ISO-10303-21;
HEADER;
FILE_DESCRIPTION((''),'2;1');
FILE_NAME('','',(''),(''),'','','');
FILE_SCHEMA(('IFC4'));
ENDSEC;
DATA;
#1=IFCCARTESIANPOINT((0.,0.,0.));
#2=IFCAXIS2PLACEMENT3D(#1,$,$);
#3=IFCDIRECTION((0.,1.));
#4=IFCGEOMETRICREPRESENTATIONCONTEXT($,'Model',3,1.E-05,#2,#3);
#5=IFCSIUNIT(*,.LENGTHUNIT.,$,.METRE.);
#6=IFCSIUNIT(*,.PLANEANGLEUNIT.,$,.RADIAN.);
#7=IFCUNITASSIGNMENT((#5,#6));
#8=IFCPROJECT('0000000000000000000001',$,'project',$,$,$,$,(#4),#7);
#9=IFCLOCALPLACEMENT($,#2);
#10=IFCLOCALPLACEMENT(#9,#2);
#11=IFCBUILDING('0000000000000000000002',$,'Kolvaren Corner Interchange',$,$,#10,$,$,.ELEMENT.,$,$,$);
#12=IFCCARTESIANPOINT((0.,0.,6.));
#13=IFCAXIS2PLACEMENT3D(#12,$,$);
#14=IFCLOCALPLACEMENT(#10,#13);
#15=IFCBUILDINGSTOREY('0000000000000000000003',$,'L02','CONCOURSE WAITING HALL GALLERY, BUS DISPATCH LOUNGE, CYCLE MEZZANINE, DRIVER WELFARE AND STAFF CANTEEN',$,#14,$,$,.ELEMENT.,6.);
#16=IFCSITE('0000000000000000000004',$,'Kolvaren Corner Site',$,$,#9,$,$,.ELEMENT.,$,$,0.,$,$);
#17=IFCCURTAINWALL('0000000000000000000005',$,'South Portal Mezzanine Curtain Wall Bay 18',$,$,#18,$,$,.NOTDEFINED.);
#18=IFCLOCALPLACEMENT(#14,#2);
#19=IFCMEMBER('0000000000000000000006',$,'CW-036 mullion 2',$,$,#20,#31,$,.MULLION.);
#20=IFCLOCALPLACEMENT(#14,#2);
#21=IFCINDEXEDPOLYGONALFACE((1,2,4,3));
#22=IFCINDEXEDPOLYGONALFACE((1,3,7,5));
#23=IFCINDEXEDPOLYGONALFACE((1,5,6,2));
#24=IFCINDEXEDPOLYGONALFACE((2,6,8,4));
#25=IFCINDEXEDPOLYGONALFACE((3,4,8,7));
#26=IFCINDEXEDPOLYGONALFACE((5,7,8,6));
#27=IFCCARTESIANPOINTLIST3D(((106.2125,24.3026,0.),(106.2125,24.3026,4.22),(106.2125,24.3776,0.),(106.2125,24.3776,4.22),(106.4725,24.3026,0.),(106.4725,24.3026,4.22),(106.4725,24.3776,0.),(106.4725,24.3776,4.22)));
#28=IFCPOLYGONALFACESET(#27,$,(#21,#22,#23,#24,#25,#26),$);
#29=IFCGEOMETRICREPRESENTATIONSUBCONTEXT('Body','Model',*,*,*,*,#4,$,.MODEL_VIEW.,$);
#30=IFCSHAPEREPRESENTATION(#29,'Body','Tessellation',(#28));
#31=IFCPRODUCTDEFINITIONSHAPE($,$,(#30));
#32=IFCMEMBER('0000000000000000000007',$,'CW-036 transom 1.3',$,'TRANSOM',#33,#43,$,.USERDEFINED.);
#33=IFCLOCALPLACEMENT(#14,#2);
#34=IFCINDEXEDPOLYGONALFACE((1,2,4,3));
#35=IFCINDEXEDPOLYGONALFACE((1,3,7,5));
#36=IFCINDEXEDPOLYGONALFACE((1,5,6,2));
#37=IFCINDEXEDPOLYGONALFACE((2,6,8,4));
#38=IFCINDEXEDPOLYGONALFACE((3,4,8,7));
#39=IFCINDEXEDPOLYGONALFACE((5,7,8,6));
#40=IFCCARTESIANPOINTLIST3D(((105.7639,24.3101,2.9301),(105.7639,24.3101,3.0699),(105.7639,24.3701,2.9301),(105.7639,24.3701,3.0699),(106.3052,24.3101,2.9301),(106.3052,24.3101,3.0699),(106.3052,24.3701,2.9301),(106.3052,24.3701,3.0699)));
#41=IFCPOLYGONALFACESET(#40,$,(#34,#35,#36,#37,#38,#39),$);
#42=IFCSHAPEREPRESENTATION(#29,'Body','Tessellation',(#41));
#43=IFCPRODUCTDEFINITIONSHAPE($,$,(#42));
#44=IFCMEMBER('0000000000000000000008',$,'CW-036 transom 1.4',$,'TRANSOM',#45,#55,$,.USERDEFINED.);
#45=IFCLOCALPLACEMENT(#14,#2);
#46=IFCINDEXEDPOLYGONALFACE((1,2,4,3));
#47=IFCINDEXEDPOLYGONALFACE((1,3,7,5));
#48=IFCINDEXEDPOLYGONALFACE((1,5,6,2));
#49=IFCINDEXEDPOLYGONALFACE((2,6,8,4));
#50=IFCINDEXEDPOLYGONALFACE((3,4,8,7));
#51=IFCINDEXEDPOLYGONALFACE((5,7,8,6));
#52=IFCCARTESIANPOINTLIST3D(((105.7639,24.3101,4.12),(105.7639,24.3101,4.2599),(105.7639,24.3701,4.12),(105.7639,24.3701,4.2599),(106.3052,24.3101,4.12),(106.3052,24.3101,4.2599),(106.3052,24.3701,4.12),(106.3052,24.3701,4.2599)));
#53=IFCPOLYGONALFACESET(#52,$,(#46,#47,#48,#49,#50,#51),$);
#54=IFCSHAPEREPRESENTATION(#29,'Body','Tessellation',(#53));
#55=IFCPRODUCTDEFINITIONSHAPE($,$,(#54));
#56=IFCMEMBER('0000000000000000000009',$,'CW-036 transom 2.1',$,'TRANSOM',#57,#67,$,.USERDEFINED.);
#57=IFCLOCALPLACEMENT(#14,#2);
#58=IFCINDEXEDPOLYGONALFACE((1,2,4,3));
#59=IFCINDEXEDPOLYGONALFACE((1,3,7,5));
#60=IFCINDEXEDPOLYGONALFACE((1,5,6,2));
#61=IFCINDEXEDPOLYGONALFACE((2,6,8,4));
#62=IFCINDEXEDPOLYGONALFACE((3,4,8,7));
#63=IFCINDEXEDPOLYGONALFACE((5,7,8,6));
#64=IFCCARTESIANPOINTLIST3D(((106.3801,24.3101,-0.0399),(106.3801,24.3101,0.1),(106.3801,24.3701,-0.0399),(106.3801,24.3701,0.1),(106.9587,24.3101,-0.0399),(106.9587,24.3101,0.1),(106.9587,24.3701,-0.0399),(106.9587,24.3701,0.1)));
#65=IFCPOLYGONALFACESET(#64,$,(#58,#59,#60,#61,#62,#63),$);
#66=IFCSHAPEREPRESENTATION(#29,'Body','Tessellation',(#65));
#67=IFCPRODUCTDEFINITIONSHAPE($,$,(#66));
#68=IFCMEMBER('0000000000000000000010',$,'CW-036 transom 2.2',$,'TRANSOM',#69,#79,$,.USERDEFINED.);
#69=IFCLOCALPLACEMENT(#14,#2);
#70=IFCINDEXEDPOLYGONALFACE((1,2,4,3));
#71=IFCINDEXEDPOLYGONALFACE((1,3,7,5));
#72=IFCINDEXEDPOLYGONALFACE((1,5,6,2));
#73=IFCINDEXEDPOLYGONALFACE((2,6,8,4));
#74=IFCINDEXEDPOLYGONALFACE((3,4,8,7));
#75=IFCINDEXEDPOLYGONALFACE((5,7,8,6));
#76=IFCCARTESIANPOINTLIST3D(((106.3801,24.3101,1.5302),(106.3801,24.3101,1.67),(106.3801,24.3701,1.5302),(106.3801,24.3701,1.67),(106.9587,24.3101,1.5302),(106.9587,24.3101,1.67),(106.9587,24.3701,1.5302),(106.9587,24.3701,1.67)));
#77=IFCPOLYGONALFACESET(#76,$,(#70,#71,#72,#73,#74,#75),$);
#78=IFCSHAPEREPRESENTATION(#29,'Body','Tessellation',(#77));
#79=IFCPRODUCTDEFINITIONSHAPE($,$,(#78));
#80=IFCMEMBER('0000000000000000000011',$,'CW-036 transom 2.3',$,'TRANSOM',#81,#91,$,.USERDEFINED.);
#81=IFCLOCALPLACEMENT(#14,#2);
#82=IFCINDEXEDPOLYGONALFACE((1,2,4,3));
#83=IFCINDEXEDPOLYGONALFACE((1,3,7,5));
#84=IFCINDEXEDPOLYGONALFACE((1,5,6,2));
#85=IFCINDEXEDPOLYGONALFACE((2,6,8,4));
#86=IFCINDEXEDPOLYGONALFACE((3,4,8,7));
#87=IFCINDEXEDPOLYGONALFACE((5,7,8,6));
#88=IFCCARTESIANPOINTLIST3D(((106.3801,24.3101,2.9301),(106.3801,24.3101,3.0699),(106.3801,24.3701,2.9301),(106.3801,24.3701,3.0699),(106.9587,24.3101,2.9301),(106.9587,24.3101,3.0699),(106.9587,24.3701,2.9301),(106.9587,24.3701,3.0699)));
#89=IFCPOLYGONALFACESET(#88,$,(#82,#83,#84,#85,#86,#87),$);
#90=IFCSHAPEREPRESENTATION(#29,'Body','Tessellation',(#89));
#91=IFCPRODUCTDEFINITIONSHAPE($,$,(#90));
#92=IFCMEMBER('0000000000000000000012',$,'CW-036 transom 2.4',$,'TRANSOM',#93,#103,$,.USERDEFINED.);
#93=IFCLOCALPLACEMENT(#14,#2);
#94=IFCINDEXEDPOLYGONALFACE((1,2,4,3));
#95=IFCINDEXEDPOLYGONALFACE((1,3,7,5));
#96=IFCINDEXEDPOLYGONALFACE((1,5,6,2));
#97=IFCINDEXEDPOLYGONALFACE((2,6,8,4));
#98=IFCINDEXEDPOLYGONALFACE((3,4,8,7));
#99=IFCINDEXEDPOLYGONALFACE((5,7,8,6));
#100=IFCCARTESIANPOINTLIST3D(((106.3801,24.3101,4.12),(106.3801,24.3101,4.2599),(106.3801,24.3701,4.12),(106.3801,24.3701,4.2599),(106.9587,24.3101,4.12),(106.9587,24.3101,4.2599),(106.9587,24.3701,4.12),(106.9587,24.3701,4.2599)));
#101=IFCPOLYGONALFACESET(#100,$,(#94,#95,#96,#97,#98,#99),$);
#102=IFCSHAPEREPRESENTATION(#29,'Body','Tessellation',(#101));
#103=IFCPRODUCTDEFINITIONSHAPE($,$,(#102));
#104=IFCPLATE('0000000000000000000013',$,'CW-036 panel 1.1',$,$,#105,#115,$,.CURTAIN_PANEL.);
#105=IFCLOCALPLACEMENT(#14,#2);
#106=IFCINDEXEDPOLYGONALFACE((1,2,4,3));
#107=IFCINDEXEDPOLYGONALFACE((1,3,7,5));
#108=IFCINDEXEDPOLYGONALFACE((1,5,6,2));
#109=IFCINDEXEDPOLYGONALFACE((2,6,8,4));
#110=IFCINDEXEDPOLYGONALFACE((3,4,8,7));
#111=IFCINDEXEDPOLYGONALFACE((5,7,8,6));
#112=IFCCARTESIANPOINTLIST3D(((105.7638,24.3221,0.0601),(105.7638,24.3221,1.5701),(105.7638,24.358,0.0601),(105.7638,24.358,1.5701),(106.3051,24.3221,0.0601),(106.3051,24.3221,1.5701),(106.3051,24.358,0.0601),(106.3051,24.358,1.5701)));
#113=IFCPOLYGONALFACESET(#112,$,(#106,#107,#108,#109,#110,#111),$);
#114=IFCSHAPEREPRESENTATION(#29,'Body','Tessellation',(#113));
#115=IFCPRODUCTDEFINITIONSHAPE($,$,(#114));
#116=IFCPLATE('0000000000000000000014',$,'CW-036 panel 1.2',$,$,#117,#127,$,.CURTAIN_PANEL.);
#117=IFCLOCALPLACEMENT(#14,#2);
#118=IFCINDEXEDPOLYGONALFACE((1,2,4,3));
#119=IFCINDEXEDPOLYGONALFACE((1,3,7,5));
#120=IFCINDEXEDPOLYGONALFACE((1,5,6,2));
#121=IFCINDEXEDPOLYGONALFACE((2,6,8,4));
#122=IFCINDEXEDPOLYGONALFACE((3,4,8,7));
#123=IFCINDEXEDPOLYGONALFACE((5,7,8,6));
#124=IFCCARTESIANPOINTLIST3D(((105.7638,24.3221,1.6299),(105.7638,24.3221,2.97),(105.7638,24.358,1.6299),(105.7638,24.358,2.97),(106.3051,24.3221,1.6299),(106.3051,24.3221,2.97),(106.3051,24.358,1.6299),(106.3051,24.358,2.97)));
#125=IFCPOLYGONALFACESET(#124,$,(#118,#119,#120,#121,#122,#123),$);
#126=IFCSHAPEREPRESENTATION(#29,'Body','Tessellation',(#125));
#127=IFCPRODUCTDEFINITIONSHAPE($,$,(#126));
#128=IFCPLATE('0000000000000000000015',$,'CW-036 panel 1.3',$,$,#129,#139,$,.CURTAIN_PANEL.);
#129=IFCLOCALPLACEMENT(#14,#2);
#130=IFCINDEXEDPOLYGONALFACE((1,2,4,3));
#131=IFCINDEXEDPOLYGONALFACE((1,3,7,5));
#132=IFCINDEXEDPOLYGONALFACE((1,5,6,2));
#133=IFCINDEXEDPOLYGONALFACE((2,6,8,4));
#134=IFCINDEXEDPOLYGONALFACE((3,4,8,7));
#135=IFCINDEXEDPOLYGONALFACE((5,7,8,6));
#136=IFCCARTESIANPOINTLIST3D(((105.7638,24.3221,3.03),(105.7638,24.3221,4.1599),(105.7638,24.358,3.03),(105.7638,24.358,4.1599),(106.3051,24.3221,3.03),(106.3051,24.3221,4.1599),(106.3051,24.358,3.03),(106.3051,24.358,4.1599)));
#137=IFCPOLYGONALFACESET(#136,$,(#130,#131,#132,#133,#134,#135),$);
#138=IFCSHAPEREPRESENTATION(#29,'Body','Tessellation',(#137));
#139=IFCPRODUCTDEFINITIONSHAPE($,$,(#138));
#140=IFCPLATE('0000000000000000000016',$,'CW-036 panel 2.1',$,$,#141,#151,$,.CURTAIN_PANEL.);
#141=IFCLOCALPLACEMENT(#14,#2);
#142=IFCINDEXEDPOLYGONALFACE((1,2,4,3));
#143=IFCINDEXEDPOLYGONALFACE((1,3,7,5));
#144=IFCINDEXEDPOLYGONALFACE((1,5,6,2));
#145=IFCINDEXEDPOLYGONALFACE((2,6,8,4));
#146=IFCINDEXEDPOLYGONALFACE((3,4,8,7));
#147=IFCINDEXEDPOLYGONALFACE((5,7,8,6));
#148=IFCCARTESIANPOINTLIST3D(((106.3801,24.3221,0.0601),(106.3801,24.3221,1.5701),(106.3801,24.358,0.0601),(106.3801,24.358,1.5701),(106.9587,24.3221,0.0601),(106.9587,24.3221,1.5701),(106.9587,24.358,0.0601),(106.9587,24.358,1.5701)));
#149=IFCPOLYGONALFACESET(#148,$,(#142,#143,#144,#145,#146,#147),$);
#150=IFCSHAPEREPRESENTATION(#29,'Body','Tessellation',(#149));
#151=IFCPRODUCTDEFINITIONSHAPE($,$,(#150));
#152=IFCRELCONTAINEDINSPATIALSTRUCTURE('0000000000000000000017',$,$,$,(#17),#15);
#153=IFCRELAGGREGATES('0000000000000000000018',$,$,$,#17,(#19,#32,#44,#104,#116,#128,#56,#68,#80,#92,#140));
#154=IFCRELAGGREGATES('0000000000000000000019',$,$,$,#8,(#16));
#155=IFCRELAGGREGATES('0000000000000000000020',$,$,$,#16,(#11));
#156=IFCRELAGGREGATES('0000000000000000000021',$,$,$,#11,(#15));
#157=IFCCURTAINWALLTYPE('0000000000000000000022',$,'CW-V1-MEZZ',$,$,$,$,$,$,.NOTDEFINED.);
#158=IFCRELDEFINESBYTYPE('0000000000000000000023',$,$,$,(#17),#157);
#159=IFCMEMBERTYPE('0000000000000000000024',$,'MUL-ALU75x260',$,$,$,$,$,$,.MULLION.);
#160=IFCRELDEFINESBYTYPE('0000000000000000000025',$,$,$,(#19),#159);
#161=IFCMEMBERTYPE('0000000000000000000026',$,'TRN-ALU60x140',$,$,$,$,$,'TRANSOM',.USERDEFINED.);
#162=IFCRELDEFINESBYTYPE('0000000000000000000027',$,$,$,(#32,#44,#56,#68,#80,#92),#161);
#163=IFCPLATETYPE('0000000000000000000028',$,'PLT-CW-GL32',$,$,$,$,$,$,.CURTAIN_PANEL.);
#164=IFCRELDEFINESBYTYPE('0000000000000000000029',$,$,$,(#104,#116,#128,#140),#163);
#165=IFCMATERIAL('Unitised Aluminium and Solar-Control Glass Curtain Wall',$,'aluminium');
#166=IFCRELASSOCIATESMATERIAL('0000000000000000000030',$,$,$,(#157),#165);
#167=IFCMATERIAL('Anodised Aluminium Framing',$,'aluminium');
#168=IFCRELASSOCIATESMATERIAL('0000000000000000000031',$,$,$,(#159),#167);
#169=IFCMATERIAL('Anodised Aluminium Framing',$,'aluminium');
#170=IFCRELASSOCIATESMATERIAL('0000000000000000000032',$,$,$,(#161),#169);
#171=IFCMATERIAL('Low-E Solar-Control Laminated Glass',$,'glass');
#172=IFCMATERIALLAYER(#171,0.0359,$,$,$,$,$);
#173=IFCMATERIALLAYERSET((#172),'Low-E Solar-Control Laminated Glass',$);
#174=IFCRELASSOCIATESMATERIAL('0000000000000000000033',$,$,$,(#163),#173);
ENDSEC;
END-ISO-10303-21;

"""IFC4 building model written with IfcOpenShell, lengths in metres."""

from ifc_helpers import new_model, si_unit, direction, frame, origin, origin_2d, place, context, subcontext, project, spatial, rectangle, extrude, material, layer, layer_set, material_profile, profile_set, type_object, element, aggregate, save


model = new_model("IFC4")

# Units and contexts
model_context = context("Model", 3, precision=1e-05, world=origin(), true_north=direction((0.0, 1.0)))
body_context = subcontext(model_context, "Body", "Model", "MODEL_VIEW")
ifc_project = project(units=[si_unit("LENGTHUNIT", "METRE"), si_unit("PLANEANGLEUNIT", "RADIAN")], contexts=[model_context])

# Site, building, storey
site_placement = place(None, origin())
site = spatial("IfcSite", under=ifc_project, at=site_placement, Name="Kolvaren Corner Site", CompositionType="ELEMENT", RefElevation=0.0)
building_placement = place(site_placement, origin())
building = spatial("IfcBuilding", under=site, at=building_placement, Name="Kolvaren Corner Interchange", CompositionType="ELEMENT")
storey_placement = place(building_placement, frame((0.0, 0.0, 6.0)))
storey = spatial("IfcBuildingStorey", under=building, at=storey_placement, Name="L02", Description="CONCOURSE WAITING HALL GALLERY, BUS DISPATCH LOUNGE, CYCLE MEZZANINE, DRIVER WELFARE AND STAFF CANTEEN", CompositionType="ELEMENT", Elevation=6.0)

# Curtain wall, members, plates
ifc_material_1 = material(Name="Unitised Aluminium and Solar-Control Glass Curtain Wall", Category="aluminium")
curtain_wall_type = type_object("IfcCurtainWallType", Name="CW-V1-MEZZ", PredefinedType="NOTDEFINED", material=ifc_material_1)
curtain_wall_placement = place(storey_placement, origin())
curtain_wall = element("IfcCurtainWall", 1, at=curtain_wall_placement, inside=storey, type_object=curtain_wall_type, Name="South Portal Mezzanine Curtain Wall Bay 18", PredefinedType="NOTDEFINED")
ifc_material_2 = material(Name="Anodised Aluminium Framing", Category="aluminium")
ifc_material_profile_1 = material_profile(ifc_material_2, rectangle(XDim=0.075, YDim=0.26, at=origin_2d()), Name="ALU 75x260")
ifc_profile_set_1 = profile_set([ifc_material_profile_1], Name="Anodised Aluminium Framing")
member_type_1 = type_object("IfcMemberType", Name="MUL-ALU75x260", PredefinedType="MULLION", material=ifc_profile_set_1)
member_1_placement = place(storey_placement, frame((106.3425, 24.3401, 0.0), z_axis=(0.0, 0.0, 1.0), x_axis=(0.0, 1.0, 0.0)))
member_1 = element("IfcMember", 2, at=member_1_placement, type_object=member_type_1, Name="CW-036 mullion 2", PredefinedType="MULLION", context=body_context, shape_type="SweptSolid", body=[
    extrude(rectangle(XDim=0.075, YDim=0.26, at=origin_2d()), origin(), (0.0, 0.0, 1.0), 4.22),
])
ifc_material_3 = material(Name="Anodised Aluminium Framing", Category="aluminium")
ifc_material_profile_2 = material_profile(ifc_material_3, rectangle(XDim=0.0601, YDim=0.1399, at=origin_2d()), Name="ALU 60x140")
ifc_profile_set_2 = profile_set([ifc_material_profile_2], Name="Anodised Aluminium Framing")
member_type_2 = type_object("IfcMemberType", Name="TRN-ALU60x140", ElementType="TRANSOM", PredefinedType="USERDEFINED", material=ifc_profile_set_2)
member_2_placement = place(storey_placement, frame((105.7639, 24.3401, 3.0), z_axis=(1.0, 0.0, 0.0), x_axis=(0.0, 1.0, 0.0)))
member_2 = element("IfcMember", 3, at=member_2_placement, type_object=member_type_2, Name="CW-036 transom 1.3", ObjectType="TRANSOM", PredefinedType="USERDEFINED", context=body_context, shape_type="SweptSolid", body=[
    extrude(rectangle(XDim=0.0601, YDim=0.1399, at=origin_2d()), origin(), (0.0, 0.0, 1.0), 0.5413),
])
member_3_placement = place(storey_placement, frame((105.7639, 24.3401, 4.1899), z_axis=(1.0, 0.0, 0.0), x_axis=(0.0, 1.0, 0.0)))
member_3 = element("IfcMember", 4, at=member_3_placement, type_object=member_type_2, Name="CW-036 transom 1.4", ObjectType="TRANSOM", PredefinedType="USERDEFINED", context=body_context, shape_type="SweptSolid", body=[
    extrude(rectangle(XDim=0.0601, YDim=0.1399, at=origin_2d()), origin(), (0.0, 0.0, 1.0), 0.5413),
])
member_4_placement = place(storey_placement, frame((106.3801, 24.3401, 0.03), z_axis=(1.0, 0.0, 0.0), x_axis=(0.0, 1.0, 0.0)))
member_4 = element("IfcMember", 5, at=member_4_placement, type_object=member_type_2, Name="CW-036 transom 2.1", ObjectType="TRANSOM", PredefinedType="USERDEFINED", context=body_context, shape_type="SweptSolid", body=[
    extrude(rectangle(XDim=0.0601, YDim=0.1399, at=origin_2d()), origin(), (0.0, 0.0, 1.0), 0.5786),
])
member_5_placement = place(storey_placement, frame((106.3801, 24.3401, 1.6001), z_axis=(1.0, 0.0, 0.0), x_axis=(0.0, 1.0, 0.0)))
member_5 = element("IfcMember", 6, at=member_5_placement, type_object=member_type_2, Name="CW-036 transom 2.2", ObjectType="TRANSOM", PredefinedType="USERDEFINED", context=body_context, shape_type="SweptSolid", body=[
    extrude(rectangle(XDim=0.0601, YDim=0.1399, at=origin_2d()), origin(), (0.0, 0.0, 1.0), 0.5786),
])
member_6_placement = place(storey_placement, frame((106.3801, 24.3401, 3.0), z_axis=(1.0, 0.0, 0.0), x_axis=(0.0, 1.0, 0.0)))
member_6 = element("IfcMember", 7, at=member_6_placement, type_object=member_type_2, Name="CW-036 transom 2.3", ObjectType="TRANSOM", PredefinedType="USERDEFINED", context=body_context, shape_type="SweptSolid", body=[
    extrude(rectangle(XDim=0.0601, YDim=0.1399, at=origin_2d()), origin(), (0.0, 0.0, 1.0), 0.5786),
])
member_7_placement = place(storey_placement, frame((106.3801, 24.3401, 4.1899), z_axis=(1.0, 0.0, 0.0), x_axis=(0.0, 1.0, 0.0)))
member_7 = element("IfcMember", 8, at=member_7_placement, type_object=member_type_2, Name="CW-036 transom 2.4", ObjectType="TRANSOM", PredefinedType="USERDEFINED", context=body_context, shape_type="SweptSolid", body=[
    extrude(rectangle(XDim=0.0601, YDim=0.1399, at=origin_2d()), origin(), (0.0, 0.0, 1.0), 0.5786),
])
ifc_material_4 = material(Name="Low-E Solar-Control Laminated Glass", Category="glass")
ifc_layer = layer(ifc_material_4, 0.0359)
ifc_layer_set = layer_set([ifc_layer], Name="Low-E Solar-Control Laminated Glass")
plate_type = type_object("IfcPlateType", Name="PLT-CW-GL32", PredefinedType="CURTAIN_PANEL", material=ifc_layer_set)
plate_1_placement = place(storey_placement, frame((106.0344, 24.3401, 0.0601), z_axis=(0.0, 0.0, 1.0), x_axis=(1.0, 0.0, 0.0)))
plate_1 = element("IfcPlate", 9, at=plate_1_placement, type_object=plate_type, Name="CW-036 panel 1.1", PredefinedType="CURTAIN_PANEL", context=body_context, shape_type="SweptSolid", body=[
    extrude(rectangle(XDim=0.5413, YDim=0.0359, at=origin_2d()), origin(), (0.0, 0.0, 1.0), 1.51),
])
plate_2_placement = place(storey_placement, frame((106.0344, 24.3401, 1.6299), z_axis=(0.0, 0.0, 1.0), x_axis=(1.0, 0.0, 0.0)))
plate_2 = element("IfcPlate", 10, at=plate_2_placement, type_object=plate_type, Name="CW-036 panel 1.2", PredefinedType="CURTAIN_PANEL", context=body_context, shape_type="SweptSolid", body=[
    extrude(rectangle(XDim=0.5413, YDim=0.0359, at=origin_2d()), origin(), (0.0, 0.0, 1.0), 1.3401),
])
plate_3_placement = place(storey_placement, frame((106.0344, 24.3401, 3.03), z_axis=(0.0, 0.0, 1.0), x_axis=(1.0, 0.0, 0.0)))
plate_3 = element("IfcPlate", 11, at=plate_3_placement, type_object=plate_type, Name="CW-036 panel 1.3", PredefinedType="CURTAIN_PANEL", context=body_context, shape_type="SweptSolid", body=[
    extrude(rectangle(XDim=0.5413, YDim=0.0359, at=origin_2d()), origin(), (0.0, 0.0, 1.0), 1.1299),
])
plate_4_placement = place(storey_placement, frame((106.6694, 24.3401, 0.0601), z_axis=(0.0, 0.0, 1.0), x_axis=(1.0, 0.0, 0.0)))
plate_4 = element("IfcPlate", 12, at=plate_4_placement, type_object=plate_type, Name="CW-036 panel 2.1", PredefinedType="CURTAIN_PANEL", context=body_context, shape_type="SweptSolid", body=[
    extrude(rectangle(XDim=0.5786, YDim=0.0359, at=origin_2d()), origin(), (0.0, 0.0, 1.0), 1.51),
])
aggregate(curtain_wall, [member_1, member_2, member_3, plate_1, plate_2, plate_3, member_4, member_5, member_6, member_7, plate_4])

save(model, "model.ifc")
